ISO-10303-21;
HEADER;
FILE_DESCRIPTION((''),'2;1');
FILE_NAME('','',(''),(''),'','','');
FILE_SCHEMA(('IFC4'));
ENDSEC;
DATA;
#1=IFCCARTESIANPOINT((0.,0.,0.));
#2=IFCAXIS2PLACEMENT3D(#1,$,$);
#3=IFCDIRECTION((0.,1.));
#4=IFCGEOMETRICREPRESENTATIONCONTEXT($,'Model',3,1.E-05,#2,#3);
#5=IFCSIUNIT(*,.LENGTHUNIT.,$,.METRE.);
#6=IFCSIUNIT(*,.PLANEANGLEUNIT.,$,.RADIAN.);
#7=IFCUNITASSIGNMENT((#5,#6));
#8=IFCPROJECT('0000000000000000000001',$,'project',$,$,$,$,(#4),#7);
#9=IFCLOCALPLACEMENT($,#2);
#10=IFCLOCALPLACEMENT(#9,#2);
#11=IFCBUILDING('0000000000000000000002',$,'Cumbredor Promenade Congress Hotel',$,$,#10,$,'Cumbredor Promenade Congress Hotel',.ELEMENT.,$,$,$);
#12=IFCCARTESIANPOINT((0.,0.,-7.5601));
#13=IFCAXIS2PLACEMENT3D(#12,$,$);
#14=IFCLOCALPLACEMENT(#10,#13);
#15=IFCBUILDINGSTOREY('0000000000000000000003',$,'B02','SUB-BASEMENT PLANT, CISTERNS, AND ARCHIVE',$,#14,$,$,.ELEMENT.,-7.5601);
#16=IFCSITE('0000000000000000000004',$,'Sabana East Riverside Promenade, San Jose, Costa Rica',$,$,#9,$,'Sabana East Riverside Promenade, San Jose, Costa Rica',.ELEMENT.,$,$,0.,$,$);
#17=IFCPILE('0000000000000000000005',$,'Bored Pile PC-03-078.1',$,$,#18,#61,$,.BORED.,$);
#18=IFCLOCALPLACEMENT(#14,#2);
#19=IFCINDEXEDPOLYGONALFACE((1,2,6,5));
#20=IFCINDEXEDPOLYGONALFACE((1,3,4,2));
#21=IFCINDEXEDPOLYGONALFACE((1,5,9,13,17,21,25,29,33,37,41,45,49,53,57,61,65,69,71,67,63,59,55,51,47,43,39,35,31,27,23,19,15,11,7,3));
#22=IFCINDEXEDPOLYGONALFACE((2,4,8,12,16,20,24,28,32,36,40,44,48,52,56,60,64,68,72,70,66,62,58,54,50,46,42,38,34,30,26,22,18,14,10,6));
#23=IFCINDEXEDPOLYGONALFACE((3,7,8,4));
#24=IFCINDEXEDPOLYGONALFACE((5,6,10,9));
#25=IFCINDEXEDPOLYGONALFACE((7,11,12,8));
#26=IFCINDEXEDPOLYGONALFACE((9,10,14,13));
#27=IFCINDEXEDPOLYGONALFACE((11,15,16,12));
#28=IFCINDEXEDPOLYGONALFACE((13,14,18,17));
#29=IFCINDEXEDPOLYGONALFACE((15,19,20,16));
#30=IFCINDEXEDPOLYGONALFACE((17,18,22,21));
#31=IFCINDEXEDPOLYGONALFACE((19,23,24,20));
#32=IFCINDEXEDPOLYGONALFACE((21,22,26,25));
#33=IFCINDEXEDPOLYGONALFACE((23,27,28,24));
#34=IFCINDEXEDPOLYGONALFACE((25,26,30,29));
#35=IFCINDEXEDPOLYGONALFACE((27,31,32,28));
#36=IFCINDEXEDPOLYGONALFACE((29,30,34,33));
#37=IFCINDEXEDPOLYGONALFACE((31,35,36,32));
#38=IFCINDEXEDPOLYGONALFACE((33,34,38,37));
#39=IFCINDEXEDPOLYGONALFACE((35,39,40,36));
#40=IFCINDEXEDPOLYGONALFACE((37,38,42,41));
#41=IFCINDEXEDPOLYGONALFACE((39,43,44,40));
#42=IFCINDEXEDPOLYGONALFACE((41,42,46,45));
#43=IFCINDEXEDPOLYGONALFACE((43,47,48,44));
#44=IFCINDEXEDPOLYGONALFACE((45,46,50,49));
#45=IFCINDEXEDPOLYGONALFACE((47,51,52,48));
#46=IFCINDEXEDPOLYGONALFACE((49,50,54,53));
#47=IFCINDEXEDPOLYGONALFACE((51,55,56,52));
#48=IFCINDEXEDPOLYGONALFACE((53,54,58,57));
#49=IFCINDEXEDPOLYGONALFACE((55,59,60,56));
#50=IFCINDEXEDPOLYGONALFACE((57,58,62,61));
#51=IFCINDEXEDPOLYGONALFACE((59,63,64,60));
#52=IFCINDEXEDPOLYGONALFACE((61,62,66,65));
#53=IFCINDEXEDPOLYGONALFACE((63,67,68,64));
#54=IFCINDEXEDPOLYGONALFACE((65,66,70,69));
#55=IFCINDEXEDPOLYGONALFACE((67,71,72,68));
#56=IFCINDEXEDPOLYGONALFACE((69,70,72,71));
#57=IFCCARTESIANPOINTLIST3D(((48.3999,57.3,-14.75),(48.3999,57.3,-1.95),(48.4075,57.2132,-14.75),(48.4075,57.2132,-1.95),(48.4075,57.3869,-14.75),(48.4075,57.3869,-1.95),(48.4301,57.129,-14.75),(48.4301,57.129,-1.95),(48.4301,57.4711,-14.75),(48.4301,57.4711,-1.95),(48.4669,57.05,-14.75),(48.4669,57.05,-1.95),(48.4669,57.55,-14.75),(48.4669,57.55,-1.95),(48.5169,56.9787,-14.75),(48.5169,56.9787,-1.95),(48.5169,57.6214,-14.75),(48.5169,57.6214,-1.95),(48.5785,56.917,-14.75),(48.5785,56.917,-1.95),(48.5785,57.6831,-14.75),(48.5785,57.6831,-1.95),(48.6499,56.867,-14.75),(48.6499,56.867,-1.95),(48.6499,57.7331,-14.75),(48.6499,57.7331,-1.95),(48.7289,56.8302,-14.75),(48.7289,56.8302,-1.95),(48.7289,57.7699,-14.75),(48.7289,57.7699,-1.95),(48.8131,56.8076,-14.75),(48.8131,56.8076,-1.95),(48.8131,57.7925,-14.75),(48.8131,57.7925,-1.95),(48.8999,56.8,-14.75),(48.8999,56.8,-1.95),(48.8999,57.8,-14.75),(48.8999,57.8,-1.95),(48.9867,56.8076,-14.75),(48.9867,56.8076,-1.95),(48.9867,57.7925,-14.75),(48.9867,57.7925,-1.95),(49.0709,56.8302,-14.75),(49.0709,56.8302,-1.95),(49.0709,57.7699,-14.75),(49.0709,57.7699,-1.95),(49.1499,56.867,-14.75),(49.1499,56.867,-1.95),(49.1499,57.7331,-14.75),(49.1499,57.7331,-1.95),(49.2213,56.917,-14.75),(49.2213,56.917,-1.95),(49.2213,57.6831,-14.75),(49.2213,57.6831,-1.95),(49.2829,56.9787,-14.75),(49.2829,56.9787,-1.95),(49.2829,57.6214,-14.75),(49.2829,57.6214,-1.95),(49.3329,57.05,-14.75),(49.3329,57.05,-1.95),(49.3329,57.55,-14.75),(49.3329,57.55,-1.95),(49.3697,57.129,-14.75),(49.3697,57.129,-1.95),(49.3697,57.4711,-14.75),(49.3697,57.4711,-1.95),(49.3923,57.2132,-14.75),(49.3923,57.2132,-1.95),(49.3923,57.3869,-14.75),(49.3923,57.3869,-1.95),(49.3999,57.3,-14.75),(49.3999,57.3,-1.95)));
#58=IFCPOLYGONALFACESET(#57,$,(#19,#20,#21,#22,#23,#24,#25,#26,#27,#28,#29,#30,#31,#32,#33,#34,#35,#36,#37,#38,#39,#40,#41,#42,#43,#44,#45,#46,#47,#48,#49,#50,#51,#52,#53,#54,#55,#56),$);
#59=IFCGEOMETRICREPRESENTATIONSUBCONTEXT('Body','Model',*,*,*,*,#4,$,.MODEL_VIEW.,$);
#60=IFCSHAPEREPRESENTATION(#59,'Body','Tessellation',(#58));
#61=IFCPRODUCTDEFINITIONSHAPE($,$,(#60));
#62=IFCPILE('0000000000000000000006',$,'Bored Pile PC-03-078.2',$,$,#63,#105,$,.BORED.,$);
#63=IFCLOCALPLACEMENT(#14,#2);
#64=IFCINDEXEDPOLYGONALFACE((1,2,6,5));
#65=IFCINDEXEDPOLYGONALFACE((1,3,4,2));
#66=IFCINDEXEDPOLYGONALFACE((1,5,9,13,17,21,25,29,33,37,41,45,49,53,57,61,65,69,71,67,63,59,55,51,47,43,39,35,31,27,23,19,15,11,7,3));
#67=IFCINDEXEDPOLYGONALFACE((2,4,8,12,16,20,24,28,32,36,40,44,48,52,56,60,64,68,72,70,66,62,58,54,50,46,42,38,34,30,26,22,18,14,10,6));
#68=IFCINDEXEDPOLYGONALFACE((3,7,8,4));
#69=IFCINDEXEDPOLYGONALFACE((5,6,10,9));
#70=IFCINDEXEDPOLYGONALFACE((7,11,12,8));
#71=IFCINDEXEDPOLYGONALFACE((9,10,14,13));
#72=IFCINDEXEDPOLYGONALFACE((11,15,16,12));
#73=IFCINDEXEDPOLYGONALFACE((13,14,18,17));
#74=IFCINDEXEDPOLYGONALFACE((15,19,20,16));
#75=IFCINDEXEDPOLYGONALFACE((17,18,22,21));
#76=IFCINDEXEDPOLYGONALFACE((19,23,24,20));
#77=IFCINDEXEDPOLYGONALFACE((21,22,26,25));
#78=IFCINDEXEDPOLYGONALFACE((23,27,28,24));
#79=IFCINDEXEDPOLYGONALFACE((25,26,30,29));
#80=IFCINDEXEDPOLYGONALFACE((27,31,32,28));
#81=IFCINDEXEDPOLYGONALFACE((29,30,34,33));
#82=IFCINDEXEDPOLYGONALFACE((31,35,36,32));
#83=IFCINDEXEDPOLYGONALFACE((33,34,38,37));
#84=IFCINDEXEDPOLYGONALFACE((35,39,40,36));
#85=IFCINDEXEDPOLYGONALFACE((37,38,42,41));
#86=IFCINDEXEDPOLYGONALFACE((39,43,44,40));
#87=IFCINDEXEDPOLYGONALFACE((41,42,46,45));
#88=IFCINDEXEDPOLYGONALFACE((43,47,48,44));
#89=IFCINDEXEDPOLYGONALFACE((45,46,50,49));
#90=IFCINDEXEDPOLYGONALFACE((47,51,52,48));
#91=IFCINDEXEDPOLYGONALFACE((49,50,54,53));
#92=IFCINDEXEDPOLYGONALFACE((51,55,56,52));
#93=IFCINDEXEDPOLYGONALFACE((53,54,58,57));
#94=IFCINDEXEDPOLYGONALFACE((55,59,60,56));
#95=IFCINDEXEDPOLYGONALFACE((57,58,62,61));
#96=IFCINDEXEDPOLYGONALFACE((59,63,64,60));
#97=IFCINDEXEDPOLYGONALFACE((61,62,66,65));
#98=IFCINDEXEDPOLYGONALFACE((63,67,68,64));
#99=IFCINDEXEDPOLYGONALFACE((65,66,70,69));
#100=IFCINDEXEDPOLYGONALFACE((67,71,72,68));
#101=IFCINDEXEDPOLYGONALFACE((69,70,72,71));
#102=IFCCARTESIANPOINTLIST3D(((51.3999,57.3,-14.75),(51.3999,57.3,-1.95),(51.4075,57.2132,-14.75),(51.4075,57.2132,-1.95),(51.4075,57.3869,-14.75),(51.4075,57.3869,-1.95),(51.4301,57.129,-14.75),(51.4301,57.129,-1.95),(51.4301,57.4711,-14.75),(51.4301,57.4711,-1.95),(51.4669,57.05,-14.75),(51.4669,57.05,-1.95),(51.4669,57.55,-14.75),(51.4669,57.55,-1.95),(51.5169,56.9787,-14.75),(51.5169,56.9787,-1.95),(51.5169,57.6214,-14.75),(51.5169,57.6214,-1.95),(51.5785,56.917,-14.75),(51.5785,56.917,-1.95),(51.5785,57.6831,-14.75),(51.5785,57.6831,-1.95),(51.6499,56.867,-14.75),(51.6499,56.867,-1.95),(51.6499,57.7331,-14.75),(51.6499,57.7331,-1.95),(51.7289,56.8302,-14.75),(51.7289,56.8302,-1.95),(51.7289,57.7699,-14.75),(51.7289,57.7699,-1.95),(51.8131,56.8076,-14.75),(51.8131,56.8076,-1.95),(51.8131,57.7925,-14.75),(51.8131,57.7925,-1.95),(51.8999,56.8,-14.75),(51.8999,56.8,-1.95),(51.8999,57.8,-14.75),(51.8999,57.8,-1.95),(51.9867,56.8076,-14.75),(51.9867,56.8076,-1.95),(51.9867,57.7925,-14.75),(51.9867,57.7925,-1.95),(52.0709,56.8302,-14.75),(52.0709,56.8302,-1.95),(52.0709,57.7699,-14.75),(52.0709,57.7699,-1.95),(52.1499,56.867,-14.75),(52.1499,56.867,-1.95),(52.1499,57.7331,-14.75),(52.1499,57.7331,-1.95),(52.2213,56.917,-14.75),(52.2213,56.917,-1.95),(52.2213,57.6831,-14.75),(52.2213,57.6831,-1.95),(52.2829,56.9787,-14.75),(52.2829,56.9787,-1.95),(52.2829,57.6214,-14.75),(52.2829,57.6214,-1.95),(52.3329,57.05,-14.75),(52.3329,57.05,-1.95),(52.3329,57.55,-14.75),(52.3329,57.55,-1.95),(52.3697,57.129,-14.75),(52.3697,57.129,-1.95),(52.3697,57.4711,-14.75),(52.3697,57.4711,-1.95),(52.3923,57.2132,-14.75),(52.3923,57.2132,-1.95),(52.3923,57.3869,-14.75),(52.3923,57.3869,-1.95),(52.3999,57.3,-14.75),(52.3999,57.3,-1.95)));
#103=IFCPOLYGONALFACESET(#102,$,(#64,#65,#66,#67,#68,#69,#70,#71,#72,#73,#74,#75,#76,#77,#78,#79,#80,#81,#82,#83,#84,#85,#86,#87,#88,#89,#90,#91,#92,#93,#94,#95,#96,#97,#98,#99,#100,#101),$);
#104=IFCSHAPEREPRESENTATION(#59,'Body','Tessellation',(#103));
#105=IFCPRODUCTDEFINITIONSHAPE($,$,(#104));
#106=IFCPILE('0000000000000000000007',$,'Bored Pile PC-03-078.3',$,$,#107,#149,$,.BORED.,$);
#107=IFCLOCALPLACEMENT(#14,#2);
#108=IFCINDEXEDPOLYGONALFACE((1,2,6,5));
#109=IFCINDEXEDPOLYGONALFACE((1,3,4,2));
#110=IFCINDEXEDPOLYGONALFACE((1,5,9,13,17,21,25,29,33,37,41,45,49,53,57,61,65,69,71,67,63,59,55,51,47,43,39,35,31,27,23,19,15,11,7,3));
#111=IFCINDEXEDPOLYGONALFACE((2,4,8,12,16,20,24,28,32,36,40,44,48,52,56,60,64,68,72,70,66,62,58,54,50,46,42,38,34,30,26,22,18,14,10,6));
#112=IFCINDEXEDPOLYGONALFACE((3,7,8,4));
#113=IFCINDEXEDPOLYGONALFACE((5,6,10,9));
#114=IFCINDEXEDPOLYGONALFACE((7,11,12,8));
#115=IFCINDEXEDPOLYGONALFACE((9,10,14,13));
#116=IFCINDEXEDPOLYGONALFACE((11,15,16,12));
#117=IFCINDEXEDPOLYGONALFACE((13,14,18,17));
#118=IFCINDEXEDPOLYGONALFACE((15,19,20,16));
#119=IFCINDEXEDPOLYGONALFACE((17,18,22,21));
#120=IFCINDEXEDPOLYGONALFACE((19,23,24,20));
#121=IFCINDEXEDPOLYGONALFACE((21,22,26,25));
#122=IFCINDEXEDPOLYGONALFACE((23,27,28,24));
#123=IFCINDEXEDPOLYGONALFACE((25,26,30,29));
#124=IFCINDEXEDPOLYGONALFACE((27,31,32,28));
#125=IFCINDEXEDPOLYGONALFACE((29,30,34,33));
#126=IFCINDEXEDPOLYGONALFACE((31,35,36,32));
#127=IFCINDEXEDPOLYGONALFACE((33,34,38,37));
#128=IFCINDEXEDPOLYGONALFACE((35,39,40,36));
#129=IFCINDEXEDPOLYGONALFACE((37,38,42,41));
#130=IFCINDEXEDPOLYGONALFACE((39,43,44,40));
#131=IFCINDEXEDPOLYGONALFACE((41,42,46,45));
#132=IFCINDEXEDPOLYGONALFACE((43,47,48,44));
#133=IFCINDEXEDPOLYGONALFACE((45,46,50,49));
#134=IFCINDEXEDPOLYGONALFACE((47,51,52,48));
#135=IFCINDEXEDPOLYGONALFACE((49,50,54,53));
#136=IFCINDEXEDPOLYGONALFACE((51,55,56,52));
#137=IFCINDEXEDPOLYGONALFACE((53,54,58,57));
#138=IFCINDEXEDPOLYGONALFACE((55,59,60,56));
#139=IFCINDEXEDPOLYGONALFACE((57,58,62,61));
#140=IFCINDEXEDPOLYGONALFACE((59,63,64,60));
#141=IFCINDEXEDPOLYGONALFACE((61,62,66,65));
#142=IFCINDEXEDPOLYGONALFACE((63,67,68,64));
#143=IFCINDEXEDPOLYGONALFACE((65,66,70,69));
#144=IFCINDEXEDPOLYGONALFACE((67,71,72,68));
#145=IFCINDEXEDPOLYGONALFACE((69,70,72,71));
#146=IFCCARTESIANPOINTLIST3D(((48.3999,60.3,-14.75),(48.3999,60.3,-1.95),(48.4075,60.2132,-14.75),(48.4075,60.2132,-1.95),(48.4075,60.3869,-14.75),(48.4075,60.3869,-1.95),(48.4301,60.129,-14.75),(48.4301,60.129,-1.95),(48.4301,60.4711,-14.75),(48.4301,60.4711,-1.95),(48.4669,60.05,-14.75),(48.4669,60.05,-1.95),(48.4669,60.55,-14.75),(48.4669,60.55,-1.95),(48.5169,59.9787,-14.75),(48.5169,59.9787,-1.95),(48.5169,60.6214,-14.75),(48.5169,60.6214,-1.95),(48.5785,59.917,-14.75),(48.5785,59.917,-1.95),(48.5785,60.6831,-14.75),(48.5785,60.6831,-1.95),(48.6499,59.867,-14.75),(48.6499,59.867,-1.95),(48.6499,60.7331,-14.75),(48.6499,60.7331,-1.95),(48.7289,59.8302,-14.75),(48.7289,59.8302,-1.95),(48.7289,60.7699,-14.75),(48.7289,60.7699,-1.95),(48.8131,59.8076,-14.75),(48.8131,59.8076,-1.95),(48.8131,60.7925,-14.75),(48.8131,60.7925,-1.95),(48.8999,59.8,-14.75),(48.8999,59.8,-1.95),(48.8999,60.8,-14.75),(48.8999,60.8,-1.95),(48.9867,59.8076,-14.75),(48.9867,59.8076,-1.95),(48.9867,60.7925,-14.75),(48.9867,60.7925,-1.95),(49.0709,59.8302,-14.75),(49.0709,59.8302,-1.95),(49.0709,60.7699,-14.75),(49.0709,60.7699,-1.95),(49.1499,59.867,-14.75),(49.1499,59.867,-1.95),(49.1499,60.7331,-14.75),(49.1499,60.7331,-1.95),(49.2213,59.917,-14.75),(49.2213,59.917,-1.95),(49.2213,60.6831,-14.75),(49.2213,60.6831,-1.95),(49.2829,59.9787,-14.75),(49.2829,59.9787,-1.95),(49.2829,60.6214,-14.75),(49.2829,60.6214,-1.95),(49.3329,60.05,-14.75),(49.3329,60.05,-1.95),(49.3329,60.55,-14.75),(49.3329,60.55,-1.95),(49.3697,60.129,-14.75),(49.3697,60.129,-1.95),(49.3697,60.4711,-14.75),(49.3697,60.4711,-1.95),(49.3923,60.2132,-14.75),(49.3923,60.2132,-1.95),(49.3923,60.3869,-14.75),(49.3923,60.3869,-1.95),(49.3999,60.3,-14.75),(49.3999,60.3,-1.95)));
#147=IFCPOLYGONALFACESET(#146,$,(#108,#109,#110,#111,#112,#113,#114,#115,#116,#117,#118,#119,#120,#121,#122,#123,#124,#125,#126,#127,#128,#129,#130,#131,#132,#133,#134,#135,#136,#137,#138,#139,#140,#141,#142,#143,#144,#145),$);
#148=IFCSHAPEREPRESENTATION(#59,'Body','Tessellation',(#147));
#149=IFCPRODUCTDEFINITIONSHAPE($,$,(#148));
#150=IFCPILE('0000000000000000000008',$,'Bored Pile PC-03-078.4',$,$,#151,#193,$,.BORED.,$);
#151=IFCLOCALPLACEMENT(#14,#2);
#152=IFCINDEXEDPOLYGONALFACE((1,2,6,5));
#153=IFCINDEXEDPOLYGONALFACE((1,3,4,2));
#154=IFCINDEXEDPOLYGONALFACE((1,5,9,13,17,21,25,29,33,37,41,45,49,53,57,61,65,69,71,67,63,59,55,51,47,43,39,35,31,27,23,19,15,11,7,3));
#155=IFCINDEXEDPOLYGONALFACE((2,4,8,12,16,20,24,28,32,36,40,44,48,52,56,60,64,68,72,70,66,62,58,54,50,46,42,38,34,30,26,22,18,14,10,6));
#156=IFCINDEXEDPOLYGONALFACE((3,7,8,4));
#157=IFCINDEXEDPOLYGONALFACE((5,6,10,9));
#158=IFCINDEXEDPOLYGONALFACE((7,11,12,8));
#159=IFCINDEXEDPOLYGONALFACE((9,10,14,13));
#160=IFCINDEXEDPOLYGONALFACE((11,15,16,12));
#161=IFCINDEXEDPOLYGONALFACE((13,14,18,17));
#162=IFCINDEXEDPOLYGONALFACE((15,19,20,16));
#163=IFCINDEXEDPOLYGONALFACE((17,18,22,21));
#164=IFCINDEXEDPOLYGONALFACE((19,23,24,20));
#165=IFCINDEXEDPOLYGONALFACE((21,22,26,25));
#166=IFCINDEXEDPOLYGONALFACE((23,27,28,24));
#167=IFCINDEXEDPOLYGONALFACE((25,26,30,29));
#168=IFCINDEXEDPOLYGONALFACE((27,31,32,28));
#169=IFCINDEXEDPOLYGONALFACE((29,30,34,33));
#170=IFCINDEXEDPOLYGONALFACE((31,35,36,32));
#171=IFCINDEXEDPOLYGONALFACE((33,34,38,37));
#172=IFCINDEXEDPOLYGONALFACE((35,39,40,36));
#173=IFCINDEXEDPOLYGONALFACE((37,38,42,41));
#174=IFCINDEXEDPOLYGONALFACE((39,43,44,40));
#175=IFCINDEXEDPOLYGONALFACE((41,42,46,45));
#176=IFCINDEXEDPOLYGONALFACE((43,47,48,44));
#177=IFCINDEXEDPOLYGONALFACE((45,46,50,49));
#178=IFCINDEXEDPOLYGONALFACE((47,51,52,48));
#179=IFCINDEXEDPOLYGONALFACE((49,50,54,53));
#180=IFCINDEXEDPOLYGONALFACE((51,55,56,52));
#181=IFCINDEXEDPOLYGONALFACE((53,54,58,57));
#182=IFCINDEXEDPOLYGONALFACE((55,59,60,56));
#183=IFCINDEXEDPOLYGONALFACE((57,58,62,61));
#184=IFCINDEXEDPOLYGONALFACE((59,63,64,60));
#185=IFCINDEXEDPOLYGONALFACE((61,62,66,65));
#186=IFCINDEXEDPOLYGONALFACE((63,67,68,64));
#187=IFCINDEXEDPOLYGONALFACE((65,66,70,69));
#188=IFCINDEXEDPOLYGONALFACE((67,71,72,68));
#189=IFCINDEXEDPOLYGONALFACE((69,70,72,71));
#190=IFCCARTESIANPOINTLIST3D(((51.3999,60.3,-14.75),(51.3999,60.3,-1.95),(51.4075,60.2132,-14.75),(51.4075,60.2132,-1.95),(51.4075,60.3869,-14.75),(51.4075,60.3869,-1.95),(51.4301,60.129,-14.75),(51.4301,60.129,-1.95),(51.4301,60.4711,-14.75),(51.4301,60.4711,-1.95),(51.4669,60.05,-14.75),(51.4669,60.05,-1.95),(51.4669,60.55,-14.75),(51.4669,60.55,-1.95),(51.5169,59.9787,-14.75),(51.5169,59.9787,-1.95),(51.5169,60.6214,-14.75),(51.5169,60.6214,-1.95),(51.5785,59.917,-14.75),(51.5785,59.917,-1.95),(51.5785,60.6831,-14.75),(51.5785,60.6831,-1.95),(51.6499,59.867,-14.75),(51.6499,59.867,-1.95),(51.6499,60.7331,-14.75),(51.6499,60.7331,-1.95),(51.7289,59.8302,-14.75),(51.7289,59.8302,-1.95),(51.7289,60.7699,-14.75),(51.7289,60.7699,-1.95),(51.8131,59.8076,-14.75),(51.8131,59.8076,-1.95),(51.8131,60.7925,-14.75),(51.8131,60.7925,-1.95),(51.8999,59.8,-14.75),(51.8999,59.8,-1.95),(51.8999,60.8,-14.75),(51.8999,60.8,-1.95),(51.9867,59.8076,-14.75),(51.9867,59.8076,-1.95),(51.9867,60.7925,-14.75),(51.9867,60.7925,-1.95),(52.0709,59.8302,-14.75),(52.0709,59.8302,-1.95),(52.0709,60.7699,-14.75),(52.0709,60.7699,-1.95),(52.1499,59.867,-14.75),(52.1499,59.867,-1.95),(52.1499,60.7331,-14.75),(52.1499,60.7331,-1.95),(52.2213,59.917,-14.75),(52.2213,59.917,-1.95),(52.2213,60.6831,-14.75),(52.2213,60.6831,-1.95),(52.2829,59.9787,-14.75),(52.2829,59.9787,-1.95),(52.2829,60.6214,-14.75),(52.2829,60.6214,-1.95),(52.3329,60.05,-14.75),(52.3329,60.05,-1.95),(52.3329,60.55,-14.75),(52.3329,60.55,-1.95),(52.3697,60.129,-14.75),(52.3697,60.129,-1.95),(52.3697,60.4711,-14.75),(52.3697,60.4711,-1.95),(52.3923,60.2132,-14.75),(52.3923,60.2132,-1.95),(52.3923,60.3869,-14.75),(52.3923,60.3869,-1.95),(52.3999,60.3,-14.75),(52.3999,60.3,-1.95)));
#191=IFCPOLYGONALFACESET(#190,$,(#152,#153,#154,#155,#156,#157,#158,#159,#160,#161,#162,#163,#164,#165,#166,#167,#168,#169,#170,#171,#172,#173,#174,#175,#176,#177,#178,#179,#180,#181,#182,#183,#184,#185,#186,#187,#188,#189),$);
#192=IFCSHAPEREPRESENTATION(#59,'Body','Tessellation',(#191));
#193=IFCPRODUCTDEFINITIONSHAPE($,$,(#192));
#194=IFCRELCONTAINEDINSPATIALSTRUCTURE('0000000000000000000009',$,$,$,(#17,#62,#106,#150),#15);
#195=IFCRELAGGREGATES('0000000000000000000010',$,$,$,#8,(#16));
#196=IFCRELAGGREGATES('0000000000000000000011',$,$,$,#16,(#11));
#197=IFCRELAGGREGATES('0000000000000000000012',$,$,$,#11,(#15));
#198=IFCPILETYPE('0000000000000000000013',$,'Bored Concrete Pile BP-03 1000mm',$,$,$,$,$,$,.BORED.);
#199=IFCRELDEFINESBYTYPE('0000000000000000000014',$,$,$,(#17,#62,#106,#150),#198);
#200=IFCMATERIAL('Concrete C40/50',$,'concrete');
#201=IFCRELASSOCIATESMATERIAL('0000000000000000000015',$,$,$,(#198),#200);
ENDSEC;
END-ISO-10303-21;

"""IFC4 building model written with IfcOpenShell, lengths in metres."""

from ifc_helpers import new_model, si_unit, direction, frame, origin, origin_2d, place, context, subcontext, project, spatial, circle, extrude, material, material_profile, profile_set, type_object, element, save


model = new_model("IFC4")

# Units and contexts
model_context = context("Model", 3, precision=1e-05, world=origin(), true_north=direction((0.0, 1.0)))
body_context = subcontext(model_context, "Body", "Model", "MODEL_VIEW")
ifc_project = project(units=[si_unit("LENGTHUNIT", "METRE"), si_unit("PLANEANGLEUNIT", "RADIAN")], contexts=[model_context])

# Site, building, storey
site_placement = place(None, origin())
site = spatial("IfcSite", under=ifc_project, at=site_placement, Name="Sabana East Riverside Promenade, San Jose, Costa Rica", LongName="Sabana East Riverside Promenade, San Jose, Costa Rica", CompositionType="ELEMENT", RefElevation=0.0)
building_placement = place(site_placement, origin())
building = spatial("IfcBuilding", under=site, at=building_placement, Name="Cumbredor Promenade Congress Hotel", LongName="Cumbredor Promenade Congress Hotel", CompositionType="ELEMENT")
storey_placement = place(building_placement, frame((0.0, 0.0, -7.5601)))
storey = spatial("IfcBuildingStorey", under=building, at=storey_placement, Name="B02", Description="SUB-BASEMENT PLANT, CISTERNS, AND ARCHIVE", CompositionType="ELEMENT", Elevation=-7.5601)

# Piles
ifc_material_1 = material(Name="Concrete C40/50", Category="concrete")
ifc_material_profile_1 = material_profile(ifc_material_1, circle(Radius=0.5, at=origin_2d()), Name="PILE D1000")
ifc_profile_set_1 = profile_set([ifc_material_profile_1], Name="Concrete C40/50")
pile_type = type_object("IfcPileType", Name="Bored Concrete Pile BP-03 1000mm", PredefinedType="BORED", material=ifc_profile_set_1)
for number, where, z_axis, x_axis, name in (
    (1, (48.8999, 57.3, -1.95), (0.0, 0.0, -1.0), (1.0, 0.0, 0.0), "Bored Pile PC-03-078.1"),
    (2, (51.8999, 57.3, -1.95), (0.0, 0.0, -1.0), (1.0, 0.0, 0.0), "Bored Pile PC-03-078.2"),
    (3, (48.8999, 60.3, -1.95), (0.0, 0.0, -1.0), (1.0, 0.0, 0.0), "Bored Pile PC-03-078.3"),
    (4, (51.8999, 60.3, -1.95), (0.0, 0.0, -1.0), (1.0, 0.0, 0.0), "Bored Pile PC-03-078.4"),
):
    element("IfcPile", number, at=place(storey_placement, frame(where, z_axis=z_axis, x_axis=x_axis)), inside=storey, type_object=pile_type, Name=name, PredefinedType="BORED", context=body_context, shape_type="SweptSolid", body=[
        extrude(circle(Radius=0.5, at=origin_2d()), origin(), (0.0, 0.0, 1.0), 12.8),
    ])

save(model, "model.ifc")
